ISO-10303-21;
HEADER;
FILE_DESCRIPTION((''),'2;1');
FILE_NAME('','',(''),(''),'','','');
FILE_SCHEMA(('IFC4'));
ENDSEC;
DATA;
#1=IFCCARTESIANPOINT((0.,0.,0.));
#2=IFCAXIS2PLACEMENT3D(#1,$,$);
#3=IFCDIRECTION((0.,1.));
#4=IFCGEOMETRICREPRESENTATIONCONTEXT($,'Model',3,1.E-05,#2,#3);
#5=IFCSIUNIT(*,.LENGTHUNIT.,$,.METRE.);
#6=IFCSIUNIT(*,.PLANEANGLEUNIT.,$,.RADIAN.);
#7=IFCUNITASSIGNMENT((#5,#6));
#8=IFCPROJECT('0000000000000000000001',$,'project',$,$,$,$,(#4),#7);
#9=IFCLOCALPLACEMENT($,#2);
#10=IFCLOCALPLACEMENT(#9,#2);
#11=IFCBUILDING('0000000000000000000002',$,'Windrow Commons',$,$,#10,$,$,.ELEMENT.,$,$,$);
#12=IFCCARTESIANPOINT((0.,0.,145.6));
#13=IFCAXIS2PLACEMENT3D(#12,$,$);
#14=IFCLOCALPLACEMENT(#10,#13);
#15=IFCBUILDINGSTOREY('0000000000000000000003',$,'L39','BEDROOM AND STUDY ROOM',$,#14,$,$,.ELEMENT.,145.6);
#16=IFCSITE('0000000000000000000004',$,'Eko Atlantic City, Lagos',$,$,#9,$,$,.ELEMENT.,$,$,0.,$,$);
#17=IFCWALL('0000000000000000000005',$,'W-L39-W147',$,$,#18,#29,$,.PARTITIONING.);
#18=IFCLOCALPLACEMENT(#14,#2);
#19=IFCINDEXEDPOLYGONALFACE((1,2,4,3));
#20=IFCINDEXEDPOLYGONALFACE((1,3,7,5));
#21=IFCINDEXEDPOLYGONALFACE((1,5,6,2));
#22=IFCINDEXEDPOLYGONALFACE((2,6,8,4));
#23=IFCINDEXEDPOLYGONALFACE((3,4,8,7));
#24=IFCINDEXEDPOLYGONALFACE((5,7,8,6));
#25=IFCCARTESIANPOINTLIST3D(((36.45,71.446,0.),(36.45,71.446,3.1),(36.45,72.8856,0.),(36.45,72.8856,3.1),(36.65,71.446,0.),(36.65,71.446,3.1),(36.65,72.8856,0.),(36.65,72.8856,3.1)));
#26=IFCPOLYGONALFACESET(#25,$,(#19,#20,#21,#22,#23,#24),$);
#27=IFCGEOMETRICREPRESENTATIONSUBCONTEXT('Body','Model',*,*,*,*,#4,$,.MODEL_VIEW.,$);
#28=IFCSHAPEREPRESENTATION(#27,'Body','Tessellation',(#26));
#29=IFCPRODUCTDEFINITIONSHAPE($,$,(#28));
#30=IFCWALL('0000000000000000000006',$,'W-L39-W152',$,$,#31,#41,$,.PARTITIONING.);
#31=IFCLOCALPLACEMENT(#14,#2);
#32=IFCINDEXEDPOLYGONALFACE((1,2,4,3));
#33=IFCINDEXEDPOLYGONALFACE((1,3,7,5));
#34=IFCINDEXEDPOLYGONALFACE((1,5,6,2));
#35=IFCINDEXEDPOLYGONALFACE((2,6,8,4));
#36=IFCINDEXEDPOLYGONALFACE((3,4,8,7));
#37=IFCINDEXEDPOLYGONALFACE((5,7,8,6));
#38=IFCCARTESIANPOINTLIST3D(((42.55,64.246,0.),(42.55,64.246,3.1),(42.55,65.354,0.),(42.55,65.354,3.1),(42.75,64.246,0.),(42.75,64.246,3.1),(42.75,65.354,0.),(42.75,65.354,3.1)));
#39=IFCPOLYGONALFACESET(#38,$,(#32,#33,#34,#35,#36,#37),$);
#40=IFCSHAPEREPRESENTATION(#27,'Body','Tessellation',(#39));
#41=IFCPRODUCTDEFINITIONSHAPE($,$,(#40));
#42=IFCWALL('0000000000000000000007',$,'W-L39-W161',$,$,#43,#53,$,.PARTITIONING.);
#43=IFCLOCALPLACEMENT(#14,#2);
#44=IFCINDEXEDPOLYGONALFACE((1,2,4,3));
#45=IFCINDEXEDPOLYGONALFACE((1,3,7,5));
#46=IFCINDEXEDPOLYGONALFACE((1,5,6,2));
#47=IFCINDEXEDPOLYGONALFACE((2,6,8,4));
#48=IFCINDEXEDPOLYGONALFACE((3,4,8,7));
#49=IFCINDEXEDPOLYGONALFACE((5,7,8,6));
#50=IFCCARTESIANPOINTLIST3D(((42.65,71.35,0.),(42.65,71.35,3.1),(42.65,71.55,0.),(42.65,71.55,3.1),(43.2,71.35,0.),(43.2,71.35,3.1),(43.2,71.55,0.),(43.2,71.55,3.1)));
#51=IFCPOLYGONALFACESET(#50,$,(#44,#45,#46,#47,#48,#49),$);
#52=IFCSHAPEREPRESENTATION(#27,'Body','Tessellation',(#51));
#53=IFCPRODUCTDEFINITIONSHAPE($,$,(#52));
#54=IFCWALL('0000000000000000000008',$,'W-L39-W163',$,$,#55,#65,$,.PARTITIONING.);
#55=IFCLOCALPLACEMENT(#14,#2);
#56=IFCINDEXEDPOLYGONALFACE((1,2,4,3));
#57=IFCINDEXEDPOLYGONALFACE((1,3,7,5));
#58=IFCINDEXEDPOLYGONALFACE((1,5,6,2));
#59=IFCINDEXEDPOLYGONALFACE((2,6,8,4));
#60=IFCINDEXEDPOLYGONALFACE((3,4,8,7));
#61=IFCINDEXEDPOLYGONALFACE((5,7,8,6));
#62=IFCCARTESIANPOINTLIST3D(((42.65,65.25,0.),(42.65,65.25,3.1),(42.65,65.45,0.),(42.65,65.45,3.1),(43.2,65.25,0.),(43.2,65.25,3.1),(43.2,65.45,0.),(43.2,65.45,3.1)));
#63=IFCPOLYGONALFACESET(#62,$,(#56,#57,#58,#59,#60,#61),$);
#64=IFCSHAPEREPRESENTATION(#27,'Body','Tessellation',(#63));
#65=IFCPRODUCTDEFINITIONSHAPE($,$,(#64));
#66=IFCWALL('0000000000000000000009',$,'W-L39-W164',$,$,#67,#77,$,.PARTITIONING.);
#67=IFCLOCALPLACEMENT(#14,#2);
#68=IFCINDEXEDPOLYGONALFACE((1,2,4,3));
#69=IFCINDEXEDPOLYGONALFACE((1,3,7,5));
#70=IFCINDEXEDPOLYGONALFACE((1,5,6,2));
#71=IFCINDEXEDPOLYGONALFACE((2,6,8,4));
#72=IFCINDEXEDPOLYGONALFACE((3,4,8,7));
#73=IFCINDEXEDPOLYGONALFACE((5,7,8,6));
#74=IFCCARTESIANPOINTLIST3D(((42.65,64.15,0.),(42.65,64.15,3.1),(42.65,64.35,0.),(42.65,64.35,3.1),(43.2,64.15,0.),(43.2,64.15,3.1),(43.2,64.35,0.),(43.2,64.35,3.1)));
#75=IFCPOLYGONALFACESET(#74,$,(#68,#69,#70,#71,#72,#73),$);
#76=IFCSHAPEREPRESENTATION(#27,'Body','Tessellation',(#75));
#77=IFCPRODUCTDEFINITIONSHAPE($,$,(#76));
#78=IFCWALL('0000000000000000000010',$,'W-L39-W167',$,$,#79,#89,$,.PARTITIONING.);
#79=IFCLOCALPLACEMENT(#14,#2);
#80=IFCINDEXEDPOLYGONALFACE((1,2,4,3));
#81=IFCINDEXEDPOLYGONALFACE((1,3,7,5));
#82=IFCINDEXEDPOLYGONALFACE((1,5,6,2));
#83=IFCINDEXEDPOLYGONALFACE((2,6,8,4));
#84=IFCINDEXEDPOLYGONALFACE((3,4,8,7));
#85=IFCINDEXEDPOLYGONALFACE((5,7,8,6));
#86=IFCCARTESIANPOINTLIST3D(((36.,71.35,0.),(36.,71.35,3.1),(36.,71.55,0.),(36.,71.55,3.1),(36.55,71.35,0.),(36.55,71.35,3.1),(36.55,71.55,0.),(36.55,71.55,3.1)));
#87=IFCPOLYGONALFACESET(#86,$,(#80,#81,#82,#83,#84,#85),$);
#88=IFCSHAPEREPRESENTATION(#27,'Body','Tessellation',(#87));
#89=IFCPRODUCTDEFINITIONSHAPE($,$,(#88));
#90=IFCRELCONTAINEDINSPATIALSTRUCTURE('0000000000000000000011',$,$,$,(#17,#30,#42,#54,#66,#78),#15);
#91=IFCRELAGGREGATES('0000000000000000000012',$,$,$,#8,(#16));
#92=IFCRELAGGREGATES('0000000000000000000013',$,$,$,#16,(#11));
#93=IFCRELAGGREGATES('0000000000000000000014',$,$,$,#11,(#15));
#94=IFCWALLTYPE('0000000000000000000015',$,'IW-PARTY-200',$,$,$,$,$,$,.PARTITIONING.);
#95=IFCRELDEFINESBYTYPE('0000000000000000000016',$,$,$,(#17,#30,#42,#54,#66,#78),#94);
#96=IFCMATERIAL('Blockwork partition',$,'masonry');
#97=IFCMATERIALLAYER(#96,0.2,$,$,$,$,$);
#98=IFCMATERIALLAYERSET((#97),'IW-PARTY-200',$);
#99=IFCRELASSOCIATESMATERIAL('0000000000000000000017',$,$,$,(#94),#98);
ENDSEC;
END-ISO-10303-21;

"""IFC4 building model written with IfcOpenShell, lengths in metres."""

from ifc_helpers import new_model, si_unit, direction, frame, frame_2d, origin, place, context, subcontext, project, spatial, rectangle, extrude, material, layer, layer_set, type_object, element, save


model = new_model("IFC4")

# Units and contexts
model_context = context("Model", 3, precision=1e-05, world=origin(), true_north=direction((0.0, 1.0)))
body_context = subcontext(model_context, "Body", "Model", "MODEL_VIEW")
ifc_project = project(units=[si_unit("LENGTHUNIT", "METRE"), si_unit("PLANEANGLEUNIT", "RADIAN")], contexts=[model_context])

# Site, building, storey
site_placement = place(None, origin())
site = spatial("IfcSite", under=ifc_project, at=site_placement, Name="Eko Atlantic City, Lagos", CompositionType="ELEMENT", RefElevation=0.0)
building_placement = place(site_placement, origin())
building = spatial("IfcBuilding", under=site, at=building_placement, Name="Windrow Commons", CompositionType="ELEMENT")
storey_placement = place(building_placement, frame((0.0, 0.0, 145.6)))
storey = spatial("IfcBuildingStorey", under=building, at=storey_placement, Name="L39", Description="BEDROOM AND STUDY ROOM", CompositionType="ELEMENT", Elevation=145.6)

# Walls
ifc_material_1 = material(Name="Blockwork partition", Category="masonry")
ifc_layer_1 = layer(ifc_material_1, 0.2)
ifc_layer_set_1 = layer_set([ifc_layer_1], Name="IW-PARTY-200")
wall_type_1 = type_object("IfcWallType", Name="IW-PARTY-200", PredefinedType="PARTITIONING", material=ifc_layer_set_1)
wall_1_placement = place(storey_placement, frame((36.55, 71.446, 0.0), z_axis=(0.0, 0.0, 1.0), x_axis=(0.0, 1.0, 0.0)))
element("IfcWall", 1, at=wall_1_placement, inside=storey, type_object=wall_type_1, Name="W-L39-W147", PredefinedType="PARTITIONING", context=body_context, shape_type="SweptSolid", body=[
    extrude(rectangle(XDim=1.4397, YDim=0.2, at=frame_2d((0.7198, 0.0))), origin(), (0.0, 0.0, 1.0), 3.1),
])
wall_2_placement = place(storey_placement, frame((42.65, 64.246, 0.0), z_axis=(0.0, 0.0, 1.0), x_axis=(0.0, 1.0, 0.0)))
element("IfcWall", 2, at=wall_2_placement, inside=storey, type_object=wall_type_1, Name="W-L39-W152", PredefinedType="PARTITIONING", context=body_context, shape_type="SweptSolid", body=[
    extrude(rectangle(XDim=1.108, YDim=0.2, at=frame_2d((0.554, 0.0))), origin(), (0.0, 0.0, 1.0), 3.1),
])
for number, where, z_axis, x_axis, name in (
    (3, (42.65, 71.45, 0.0), (0.0, 0.0, 1.0), (1.0, 0.0, 0.0), "W-L39-W161"),
    (4, (42.65, 65.35, 0.0), (0.0, 0.0, 1.0), (1.0, 0.0, 0.0), "W-L39-W163"),
    (5, (42.65, 64.25, 0.0), (0.0, 0.0, 1.0), (1.0, 0.0, 0.0), "W-L39-W164"),
    (6, (36.0, 71.45, 0.0), (0.0, 0.0, 1.0), (1.0, 0.0, 0.0), "W-L39-W167"),
):
    element("IfcWall", number, at=place(storey_placement, frame(where, z_axis=z_axis, x_axis=x_axis)), inside=storey, type_object=wall_type_1, Name=name, PredefinedType="PARTITIONING", context=body_context, shape_type="SweptSolid", body=[
        extrude(rectangle(XDim=0.55, YDim=0.2, at=frame_2d((0.275, 0.0))), origin(), (0.0, 0.0, 1.0), 3.1),
    ])

save(model, "model.ifc")
